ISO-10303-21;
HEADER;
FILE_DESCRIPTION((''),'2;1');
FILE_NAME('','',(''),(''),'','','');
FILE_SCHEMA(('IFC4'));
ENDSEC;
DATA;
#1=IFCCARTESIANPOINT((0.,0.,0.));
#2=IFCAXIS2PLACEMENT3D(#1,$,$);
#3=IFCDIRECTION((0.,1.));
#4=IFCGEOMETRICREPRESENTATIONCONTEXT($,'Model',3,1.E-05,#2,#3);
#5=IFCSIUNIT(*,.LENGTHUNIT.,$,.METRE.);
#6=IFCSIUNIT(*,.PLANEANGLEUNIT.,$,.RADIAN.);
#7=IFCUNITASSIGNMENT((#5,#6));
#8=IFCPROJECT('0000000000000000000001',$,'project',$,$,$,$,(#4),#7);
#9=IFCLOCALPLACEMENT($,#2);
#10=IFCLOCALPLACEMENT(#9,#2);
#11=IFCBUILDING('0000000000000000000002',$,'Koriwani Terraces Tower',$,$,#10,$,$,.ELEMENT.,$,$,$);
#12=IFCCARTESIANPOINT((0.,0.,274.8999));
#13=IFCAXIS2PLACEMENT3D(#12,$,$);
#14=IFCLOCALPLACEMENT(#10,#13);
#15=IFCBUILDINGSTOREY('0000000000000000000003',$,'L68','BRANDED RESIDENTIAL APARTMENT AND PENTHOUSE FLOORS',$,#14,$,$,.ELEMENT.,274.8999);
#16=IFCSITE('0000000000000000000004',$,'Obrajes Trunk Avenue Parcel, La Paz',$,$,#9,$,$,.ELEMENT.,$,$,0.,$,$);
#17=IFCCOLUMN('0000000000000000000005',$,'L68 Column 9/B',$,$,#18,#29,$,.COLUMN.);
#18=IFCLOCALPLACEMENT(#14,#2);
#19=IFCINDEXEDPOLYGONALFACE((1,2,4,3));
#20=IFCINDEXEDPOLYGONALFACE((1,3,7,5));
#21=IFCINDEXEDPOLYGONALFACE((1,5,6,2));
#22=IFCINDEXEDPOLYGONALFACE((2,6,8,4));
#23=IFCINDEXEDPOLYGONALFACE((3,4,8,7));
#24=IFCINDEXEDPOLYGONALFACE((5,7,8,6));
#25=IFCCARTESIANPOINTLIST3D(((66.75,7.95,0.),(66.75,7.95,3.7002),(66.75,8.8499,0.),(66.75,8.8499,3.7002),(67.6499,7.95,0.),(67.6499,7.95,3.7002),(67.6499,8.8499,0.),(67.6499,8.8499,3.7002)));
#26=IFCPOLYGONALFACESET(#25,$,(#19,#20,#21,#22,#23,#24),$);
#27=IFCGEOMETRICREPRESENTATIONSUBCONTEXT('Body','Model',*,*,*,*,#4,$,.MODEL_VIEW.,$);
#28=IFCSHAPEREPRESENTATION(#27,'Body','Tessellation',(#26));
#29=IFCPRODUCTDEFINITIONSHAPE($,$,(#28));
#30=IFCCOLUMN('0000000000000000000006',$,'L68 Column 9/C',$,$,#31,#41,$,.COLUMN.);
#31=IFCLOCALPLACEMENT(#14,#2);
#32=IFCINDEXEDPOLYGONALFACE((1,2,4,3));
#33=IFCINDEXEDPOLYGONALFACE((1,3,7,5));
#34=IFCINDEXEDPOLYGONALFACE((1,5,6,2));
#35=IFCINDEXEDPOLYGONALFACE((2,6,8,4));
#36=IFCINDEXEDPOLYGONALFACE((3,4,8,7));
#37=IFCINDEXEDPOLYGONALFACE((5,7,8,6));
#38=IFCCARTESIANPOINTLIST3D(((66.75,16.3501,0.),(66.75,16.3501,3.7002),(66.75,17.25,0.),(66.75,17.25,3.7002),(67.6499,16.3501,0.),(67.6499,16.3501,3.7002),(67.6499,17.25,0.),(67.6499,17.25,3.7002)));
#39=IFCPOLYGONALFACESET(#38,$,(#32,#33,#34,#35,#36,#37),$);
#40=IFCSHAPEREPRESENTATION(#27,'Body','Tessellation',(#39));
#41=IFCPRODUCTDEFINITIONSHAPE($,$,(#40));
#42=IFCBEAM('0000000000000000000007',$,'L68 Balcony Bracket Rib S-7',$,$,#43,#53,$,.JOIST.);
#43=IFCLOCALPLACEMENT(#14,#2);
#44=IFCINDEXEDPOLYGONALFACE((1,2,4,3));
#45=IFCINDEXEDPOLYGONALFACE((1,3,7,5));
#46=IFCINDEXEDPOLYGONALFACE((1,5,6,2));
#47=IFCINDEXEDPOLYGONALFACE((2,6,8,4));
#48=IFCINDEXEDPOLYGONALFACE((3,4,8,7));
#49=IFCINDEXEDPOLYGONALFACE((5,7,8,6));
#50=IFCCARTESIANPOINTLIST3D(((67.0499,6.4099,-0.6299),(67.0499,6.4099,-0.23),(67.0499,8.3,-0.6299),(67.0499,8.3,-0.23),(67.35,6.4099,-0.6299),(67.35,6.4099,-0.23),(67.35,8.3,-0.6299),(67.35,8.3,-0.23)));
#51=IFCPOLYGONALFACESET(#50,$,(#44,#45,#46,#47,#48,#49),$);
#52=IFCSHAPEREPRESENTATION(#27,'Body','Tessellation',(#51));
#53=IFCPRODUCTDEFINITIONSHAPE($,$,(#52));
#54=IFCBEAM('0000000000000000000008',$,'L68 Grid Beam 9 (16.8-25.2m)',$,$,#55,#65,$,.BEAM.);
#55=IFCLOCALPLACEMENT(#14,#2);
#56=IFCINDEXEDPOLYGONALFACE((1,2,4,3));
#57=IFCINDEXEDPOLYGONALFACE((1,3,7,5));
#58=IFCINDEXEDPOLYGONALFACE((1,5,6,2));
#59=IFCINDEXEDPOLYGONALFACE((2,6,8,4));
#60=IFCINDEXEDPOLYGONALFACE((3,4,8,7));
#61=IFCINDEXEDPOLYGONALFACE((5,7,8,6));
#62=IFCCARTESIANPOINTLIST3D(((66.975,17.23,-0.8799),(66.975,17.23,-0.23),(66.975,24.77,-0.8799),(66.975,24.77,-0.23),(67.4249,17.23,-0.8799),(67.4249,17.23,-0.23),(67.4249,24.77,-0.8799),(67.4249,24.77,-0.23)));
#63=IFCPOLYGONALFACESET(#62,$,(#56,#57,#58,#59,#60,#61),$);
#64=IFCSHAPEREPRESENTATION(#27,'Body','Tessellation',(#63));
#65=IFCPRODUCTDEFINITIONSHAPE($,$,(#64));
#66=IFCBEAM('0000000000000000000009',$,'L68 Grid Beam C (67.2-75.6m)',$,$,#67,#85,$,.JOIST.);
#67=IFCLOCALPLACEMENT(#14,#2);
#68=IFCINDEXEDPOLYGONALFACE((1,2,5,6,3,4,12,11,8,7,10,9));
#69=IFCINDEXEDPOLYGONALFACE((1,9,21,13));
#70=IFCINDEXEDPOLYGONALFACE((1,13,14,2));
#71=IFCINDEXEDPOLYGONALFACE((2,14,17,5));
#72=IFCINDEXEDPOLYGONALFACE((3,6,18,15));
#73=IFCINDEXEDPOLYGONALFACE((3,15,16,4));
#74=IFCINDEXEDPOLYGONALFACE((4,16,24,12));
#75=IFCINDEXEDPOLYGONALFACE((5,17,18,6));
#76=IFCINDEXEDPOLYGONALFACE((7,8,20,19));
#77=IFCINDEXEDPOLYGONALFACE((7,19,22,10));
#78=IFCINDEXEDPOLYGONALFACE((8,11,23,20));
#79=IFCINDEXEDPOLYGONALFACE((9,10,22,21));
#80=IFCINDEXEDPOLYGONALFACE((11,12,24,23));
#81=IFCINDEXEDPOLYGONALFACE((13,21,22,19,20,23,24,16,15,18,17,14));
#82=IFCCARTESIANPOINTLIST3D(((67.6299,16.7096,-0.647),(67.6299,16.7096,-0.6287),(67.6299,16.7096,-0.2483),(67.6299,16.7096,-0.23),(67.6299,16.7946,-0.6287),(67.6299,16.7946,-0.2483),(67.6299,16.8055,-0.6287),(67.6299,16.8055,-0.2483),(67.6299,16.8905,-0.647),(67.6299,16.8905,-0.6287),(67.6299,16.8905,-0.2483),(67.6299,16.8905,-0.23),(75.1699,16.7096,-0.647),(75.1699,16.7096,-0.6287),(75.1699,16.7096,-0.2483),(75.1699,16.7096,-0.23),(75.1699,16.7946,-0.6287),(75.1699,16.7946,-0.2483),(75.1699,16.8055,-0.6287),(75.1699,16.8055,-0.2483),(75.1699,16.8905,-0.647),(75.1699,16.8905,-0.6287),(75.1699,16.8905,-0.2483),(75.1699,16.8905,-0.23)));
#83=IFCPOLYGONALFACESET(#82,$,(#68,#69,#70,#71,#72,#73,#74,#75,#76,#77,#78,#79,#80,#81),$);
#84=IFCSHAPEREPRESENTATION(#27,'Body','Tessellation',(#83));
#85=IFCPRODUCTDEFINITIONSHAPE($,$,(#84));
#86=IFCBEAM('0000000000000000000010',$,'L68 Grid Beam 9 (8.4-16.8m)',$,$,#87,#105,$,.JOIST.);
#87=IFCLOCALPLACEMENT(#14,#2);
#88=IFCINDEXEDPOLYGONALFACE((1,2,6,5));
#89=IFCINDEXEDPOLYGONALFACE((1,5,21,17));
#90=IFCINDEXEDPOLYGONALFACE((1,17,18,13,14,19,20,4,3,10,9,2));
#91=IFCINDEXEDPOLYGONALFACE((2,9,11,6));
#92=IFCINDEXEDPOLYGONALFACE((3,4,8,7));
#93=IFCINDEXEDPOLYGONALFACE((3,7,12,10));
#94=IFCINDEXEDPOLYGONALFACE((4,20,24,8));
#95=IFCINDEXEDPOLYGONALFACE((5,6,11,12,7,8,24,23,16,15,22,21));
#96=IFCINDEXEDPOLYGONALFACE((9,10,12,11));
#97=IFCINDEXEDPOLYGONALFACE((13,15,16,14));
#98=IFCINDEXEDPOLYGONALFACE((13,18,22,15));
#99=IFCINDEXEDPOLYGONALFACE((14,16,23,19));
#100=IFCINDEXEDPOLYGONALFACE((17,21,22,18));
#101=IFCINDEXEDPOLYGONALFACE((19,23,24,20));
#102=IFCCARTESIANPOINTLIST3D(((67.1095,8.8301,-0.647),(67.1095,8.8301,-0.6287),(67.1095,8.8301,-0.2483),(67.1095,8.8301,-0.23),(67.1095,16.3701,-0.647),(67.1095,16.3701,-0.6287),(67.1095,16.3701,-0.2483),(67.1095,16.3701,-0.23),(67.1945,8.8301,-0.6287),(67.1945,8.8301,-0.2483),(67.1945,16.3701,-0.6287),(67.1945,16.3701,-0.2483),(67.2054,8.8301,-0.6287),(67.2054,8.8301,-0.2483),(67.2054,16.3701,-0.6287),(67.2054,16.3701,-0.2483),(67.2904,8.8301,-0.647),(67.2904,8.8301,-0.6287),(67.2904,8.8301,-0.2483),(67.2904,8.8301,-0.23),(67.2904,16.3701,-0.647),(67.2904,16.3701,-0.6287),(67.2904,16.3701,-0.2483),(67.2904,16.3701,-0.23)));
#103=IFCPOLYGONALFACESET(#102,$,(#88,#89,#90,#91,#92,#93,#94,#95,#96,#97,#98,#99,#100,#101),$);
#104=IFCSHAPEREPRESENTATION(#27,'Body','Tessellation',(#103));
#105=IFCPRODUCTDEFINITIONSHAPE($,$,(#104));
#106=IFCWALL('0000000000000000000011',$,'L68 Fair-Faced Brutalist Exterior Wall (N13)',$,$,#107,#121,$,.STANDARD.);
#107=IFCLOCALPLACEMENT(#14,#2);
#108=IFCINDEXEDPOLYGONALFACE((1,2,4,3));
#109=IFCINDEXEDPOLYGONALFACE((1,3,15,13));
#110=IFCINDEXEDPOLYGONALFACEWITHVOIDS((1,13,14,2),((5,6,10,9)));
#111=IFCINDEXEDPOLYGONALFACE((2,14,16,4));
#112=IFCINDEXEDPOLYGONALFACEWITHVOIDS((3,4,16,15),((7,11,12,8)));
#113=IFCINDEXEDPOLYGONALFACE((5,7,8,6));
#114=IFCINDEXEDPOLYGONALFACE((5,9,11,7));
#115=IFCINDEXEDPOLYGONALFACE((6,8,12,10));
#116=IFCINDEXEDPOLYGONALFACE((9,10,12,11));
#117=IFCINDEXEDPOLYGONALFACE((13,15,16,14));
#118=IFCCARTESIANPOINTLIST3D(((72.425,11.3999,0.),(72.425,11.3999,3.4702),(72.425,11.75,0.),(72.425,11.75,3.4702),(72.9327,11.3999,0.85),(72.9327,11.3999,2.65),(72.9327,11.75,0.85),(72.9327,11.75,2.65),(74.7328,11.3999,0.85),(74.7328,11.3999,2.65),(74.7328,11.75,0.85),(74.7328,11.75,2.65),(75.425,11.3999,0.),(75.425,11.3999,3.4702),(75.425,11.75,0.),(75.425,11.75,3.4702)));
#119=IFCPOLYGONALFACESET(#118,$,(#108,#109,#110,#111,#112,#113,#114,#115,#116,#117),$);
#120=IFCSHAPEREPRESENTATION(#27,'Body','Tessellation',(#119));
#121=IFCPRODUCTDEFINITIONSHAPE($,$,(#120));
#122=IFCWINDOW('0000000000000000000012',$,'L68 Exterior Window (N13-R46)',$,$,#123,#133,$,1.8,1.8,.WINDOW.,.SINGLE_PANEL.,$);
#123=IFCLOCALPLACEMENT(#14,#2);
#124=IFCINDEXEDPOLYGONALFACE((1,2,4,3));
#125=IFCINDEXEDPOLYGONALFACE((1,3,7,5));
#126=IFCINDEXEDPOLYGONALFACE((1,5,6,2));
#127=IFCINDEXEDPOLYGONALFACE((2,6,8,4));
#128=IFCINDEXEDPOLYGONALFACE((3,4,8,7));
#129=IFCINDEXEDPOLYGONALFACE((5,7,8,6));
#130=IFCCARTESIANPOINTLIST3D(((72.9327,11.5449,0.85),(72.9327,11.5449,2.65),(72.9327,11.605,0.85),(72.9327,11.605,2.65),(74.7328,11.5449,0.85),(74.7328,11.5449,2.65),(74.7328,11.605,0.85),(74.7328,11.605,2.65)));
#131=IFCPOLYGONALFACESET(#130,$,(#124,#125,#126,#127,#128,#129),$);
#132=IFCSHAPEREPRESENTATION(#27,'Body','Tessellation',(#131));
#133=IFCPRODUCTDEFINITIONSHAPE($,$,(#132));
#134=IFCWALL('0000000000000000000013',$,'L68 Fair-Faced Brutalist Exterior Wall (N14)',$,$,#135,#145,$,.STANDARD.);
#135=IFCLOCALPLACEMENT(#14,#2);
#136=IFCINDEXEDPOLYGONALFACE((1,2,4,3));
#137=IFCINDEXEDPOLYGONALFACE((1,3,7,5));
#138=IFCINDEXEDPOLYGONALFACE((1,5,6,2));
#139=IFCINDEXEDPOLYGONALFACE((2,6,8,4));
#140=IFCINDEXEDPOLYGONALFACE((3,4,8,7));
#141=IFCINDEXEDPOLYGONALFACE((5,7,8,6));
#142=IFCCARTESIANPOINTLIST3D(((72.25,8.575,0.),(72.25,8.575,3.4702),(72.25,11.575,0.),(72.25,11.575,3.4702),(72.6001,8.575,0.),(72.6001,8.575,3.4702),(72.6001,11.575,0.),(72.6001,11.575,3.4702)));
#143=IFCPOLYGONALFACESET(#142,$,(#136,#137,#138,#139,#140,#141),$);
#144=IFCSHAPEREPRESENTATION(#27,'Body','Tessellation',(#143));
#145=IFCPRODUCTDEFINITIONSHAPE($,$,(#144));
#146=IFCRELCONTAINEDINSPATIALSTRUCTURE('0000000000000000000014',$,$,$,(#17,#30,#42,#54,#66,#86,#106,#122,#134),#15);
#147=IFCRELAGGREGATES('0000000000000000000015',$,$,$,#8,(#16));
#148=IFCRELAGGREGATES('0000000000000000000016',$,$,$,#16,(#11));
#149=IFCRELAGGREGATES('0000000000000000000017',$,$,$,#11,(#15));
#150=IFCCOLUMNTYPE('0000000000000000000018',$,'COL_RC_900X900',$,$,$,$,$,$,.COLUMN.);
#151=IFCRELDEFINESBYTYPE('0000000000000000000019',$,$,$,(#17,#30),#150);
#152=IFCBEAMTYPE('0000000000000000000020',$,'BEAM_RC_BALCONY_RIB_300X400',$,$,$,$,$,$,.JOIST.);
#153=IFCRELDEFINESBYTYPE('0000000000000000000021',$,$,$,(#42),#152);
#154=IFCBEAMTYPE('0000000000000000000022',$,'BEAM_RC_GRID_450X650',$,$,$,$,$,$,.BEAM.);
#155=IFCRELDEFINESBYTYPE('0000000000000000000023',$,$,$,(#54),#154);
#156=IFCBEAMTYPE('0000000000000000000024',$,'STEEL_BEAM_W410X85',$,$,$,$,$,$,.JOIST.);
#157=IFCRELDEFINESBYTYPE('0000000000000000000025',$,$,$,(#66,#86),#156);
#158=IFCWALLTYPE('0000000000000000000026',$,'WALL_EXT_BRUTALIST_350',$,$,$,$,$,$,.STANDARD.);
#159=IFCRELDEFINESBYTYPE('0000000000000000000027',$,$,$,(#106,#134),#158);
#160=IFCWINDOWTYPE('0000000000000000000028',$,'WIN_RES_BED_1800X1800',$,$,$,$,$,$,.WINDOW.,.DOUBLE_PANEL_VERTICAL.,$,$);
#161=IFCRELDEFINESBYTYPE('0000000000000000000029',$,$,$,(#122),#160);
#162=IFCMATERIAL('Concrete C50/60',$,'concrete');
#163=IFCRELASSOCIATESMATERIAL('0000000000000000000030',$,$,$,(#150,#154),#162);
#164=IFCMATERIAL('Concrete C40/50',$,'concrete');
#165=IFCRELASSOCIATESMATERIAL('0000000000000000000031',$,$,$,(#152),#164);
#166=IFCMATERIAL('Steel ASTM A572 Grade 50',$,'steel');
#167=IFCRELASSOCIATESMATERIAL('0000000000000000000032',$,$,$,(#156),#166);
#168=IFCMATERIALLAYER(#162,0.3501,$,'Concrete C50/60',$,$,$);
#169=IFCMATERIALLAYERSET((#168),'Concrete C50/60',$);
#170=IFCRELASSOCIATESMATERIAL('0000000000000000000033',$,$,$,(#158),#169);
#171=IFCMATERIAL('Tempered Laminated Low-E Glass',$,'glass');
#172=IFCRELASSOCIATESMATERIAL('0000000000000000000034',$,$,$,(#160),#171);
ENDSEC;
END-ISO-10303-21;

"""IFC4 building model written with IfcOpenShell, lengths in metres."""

from ifc_helpers import new_model, si_unit, direction, frame, frame_2d, origin, origin_2d, place, context, subcontext, project, spatial, rectangle, i_section, extrude, material, layer, layer_set, material_profile, profile_set, type_object, element, fill, save


model = new_model("IFC4")

# Units and contexts
model_context = context("Model", 3, precision=1e-05, world=origin(), true_north=direction((0.0, 1.0)))
body_context = subcontext(model_context, "Body", "Model", "MODEL_VIEW")
ifc_project = project(units=[si_unit("LENGTHUNIT", "METRE"), si_unit("PLANEANGLEUNIT", "RADIAN")], contexts=[model_context])

# Site, building, storey
site_placement = place(None, origin())
site = spatial("IfcSite", under=ifc_project, at=site_placement, Name="Obrajes Trunk Avenue Parcel, La Paz", CompositionType="ELEMENT", RefElevation=0.0)
building_placement = place(site_placement, origin())
building = spatial("IfcBuilding", under=site, at=building_placement, Name="Koriwani Terraces Tower", CompositionType="ELEMENT")
storey_placement = place(building_placement, frame((0.0, 0.0, 274.8999)))
storey = spatial("IfcBuildingStorey", under=building, at=storey_placement, Name="L68", Description="BRANDED RESIDENTIAL APARTMENT AND PENTHOUSE FLOORS", CompositionType="ELEMENT", Elevation=274.8999)

# Columns
ifc_material_1 = material(Name="Concrete C50/60", Category="concrete")
ifc_material_profile_1 = material_profile(ifc_material_1, rectangle(XDim=0.8999, YDim=0.8999, at=origin_2d()), Name="Concrete C50/60", Category="LoadBearing")
ifc_profile_set_1 = profile_set([ifc_material_profile_1], Name="Concrete C50/60")
column_type = type_object("IfcColumnType", Name="COL_RC_900X900", PredefinedType="COLUMN", material=ifc_profile_set_1)
for number, where, z_axis, x_axis, name in (
    (1, (67.2, 8.3999, 0.0), (0.0, 0.0, 1.0), (1.0, 0.0, 0.0), "L68 Column 9/B"),
    (2, (67.2, 16.8, 0.0), (0.0, 0.0, 1.0), (1.0, 0.0, 0.0), "L68 Column 9/C"),
):
    element("IfcColumn", number, at=place(storey_placement, frame(where, z_axis=z_axis, x_axis=x_axis)), inside=storey, type_object=column_type, Name=name, PredefinedType="COLUMN", context=body_context, shape_type="SweptSolid", body=[
        extrude(rectangle(XDim=0.8999, YDim=0.8999, at=origin_2d()), origin(), (0.0, 0.0, 1.0), 3.7002),
    ])

# Beams
ifc_material_2 = material(Name="Concrete C40/50", Category="concrete")
ifc_material_profile_2 = material_profile(ifc_material_2, rectangle(XDim=0.3, YDim=0.3999, at=origin_2d()), Name="Concrete C40/50", Category="LoadBearing")
ifc_profile_set_2 = profile_set([ifc_material_profile_2], Name="Concrete C40/50")
beam_type_1 = type_object("IfcBeamType", Name="BEAM_RC_BALCONY_RIB_300X400", PredefinedType="JOIST", material=ifc_profile_set_2)
beam_1_placement = place(storey_placement, frame((67.2, 6.4099, -0.4299), z_axis=(0.0, 1.0, 0.0), x_axis=(-1.0, 0.0, 0.0)))
element("IfcBeam", 3, at=beam_1_placement, inside=storey, type_object=beam_type_1, Name="L68 Balcony Bracket Rib S-7", PredefinedType="JOIST", context=body_context, shape_type="SweptSolid", body=[
    extrude(rectangle(XDim=0.3, YDim=0.3999, at=origin_2d()), origin(), (0.0, 0.0, 1.0), 1.8901),
])
ifc_material_profile_3 = material_profile(ifc_material_1, rectangle(XDim=0.45, YDim=0.6499, at=origin_2d()), Name="Concrete C50/60", Category="LoadBearing")
ifc_profile_set_3 = profile_set([ifc_material_profile_3], Name="Concrete C50/60")
beam_type_2 = type_object("IfcBeamType", Name="BEAM_RC_GRID_450X650", PredefinedType="BEAM", material=ifc_profile_set_3)
beam_2_placement = place(storey_placement, frame((67.2, 17.23, -0.5549), z_axis=(0.0, 1.0, 0.0), x_axis=(-1.0, 0.0, 0.0)))
element("IfcBeam", 4, at=beam_2_placement, inside=storey, type_object=beam_type_2, Name="L68 Grid Beam 9 (16.8-25.2m)", PredefinedType="BEAM", context=body_context, shape_type="SweptSolid", body=[
    extrude(rectangle(XDim=0.45, YDim=0.6499, at=origin_2d()), origin(), (0.0, 0.0, 1.0), 7.54),
])
ifc_material_3 = material(Name="Steel ASTM A572 Grade 50", Category="steel")
ifc_material_profile_4 = material_profile(ifc_material_3, i_section(OverallWidth=0.1809, OverallDepth=0.417, WebThickness=0.011, FlangeThickness=0.0183, at=origin_2d()), Name="Steel ASTM A572 Grade 50", Category="LoadBearing")
ifc_profile_set_4 = profile_set([ifc_material_profile_4], Name="Steel ASTM A572 Grade 50")
beam_type_3 = type_object("IfcBeamType", Name="STEEL_BEAM_W410X85", PredefinedType="JOIST", material=ifc_profile_set_4)
for number, where, z_axis, x_axis, name in (
    (5, (67.6299, 16.8, -0.4385), (1.0, 0.0, 0.0), (0.0, 1.0, 0.0), "L68 Grid Beam C (67.2-75.6m)"),
    (6, (67.2, 8.8301, -0.4385), (0.0, 1.0, 0.0), (-1.0, 0.0, 0.0), "L68 Grid Beam 9 (8.4-16.8m)"),
):
    element("IfcBeam", number, at=place(storey_placement, frame(where, z_axis=z_axis, x_axis=x_axis)), inside=storey, type_object=beam_type_3, Name=name, PredefinedType="JOIST", context=body_context, shape_type="SweptSolid", body=[
        extrude(i_section(OverallWidth=0.1809, OverallDepth=0.417, WebThickness=0.011, FlangeThickness=0.0183, at=origin_2d()), origin(), (0.0, 0.0, 1.0), 7.54),
    ])

# Wall, opening, window
ifc_layer_1 = layer(ifc_material_1, 0.3501, Name="Concrete C50/60")
ifc_layer_set_1 = layer_set([ifc_layer_1], Name="Concrete C50/60")
wall_type_1 = type_object("IfcWallType", Name="WALL_EXT_BRUTALIST_350", PredefinedType="STANDARD", material=ifc_layer_set_1)
wall_1_placement = place(storey_placement, frame((75.425, 11.575, 0.0), z_axis=(0.0, 0.0, 1.0), x_axis=(-1.0, 0.0, 0.0)))
wall_1 = element("IfcWall", 7, at=wall_1_placement, inside=storey, type_object=wall_type_1, Name="L68 Fair-Faced Brutalist Exterior Wall (N13)", PredefinedType="STANDARD", context=body_context, shape_type="SweptSolid", body=[
    extrude(rectangle(XDim=3.0, YDim=0.3501, at=frame_2d((1.5, 0.0))), origin(), (0.0, 0.0, 1.0), 3.4702),
])
opening_1_placement = place(wall_1_placement, frame((0.6924, 0.0, 0.8501)))
opening_1 = element("IfcOpeningElement", 8, at=opening_1_placement, cuts=wall_1, PredefinedType="OPENING", context=body_context, shape_type="SweptSolid", body=[
    extrude(rectangle(XDim=1.8, YDim=1.8, at=frame_2d((0.8999, 0.8999))), frame((0.0, 0.1851, 0.0), z_axis=(0.0, -1.0, 0.0), x_axis=(1.0, 0.0, 0.0)), (0.0, 0.0, 1.0), 0.3701),
])
ifc_material_4 = material(Name="Tempered Laminated Low-E Glass", Category="glass")
window_type_1 = type_object("IfcWindowType", Name="WIN_RES_BED_1800X1800", PartitioningType="DOUBLE_PANEL_VERTICAL", PredefinedType="WINDOW", material=ifc_material_4)
window_1_placement = place(opening_1_placement, origin())
window_1 = element("IfcWindow", 9, at=window_1_placement, inside=storey, type_object=window_type_1, Name="L68 Exterior Window (N13-R46)", OverallHeight=1.8, OverallWidth=1.8, PartitioningType="SINGLE_PANEL", PredefinedType="WINDOW", context=body_context, shape_type="SweptSolid", body=[
    extrude(rectangle(XDim=1.8, YDim=1.8, at=frame_2d((0.8999, 0.8999))), frame((0.0, 0.03, 0.0), z_axis=(0.0, -1.0, 0.0), x_axis=(1.0, 0.0, 0.0)), (0.0, 0.0, 1.0), 0.0601),
])
fill(opening_1, window_1)

# Wall
wall_2_placement = place(storey_placement, frame((72.425, 11.575, 0.0), z_axis=(0.0, 0.0, 1.0), x_axis=(0.0, -1.0, 0.0)))
element("IfcWall", 10, at=wall_2_placement, inside=storey, type_object=wall_type_1, Name="L68 Fair-Faced Brutalist Exterior Wall (N14)", PredefinedType="STANDARD", context=body_context, shape_type="SweptSolid", body=[
    extrude(rectangle(XDim=3.0, YDim=0.3501, at=frame_2d((1.5, 0.0))), origin(), (0.0, 0.0, 1.0), 3.4702),
])

save(model, "model.ifc")
